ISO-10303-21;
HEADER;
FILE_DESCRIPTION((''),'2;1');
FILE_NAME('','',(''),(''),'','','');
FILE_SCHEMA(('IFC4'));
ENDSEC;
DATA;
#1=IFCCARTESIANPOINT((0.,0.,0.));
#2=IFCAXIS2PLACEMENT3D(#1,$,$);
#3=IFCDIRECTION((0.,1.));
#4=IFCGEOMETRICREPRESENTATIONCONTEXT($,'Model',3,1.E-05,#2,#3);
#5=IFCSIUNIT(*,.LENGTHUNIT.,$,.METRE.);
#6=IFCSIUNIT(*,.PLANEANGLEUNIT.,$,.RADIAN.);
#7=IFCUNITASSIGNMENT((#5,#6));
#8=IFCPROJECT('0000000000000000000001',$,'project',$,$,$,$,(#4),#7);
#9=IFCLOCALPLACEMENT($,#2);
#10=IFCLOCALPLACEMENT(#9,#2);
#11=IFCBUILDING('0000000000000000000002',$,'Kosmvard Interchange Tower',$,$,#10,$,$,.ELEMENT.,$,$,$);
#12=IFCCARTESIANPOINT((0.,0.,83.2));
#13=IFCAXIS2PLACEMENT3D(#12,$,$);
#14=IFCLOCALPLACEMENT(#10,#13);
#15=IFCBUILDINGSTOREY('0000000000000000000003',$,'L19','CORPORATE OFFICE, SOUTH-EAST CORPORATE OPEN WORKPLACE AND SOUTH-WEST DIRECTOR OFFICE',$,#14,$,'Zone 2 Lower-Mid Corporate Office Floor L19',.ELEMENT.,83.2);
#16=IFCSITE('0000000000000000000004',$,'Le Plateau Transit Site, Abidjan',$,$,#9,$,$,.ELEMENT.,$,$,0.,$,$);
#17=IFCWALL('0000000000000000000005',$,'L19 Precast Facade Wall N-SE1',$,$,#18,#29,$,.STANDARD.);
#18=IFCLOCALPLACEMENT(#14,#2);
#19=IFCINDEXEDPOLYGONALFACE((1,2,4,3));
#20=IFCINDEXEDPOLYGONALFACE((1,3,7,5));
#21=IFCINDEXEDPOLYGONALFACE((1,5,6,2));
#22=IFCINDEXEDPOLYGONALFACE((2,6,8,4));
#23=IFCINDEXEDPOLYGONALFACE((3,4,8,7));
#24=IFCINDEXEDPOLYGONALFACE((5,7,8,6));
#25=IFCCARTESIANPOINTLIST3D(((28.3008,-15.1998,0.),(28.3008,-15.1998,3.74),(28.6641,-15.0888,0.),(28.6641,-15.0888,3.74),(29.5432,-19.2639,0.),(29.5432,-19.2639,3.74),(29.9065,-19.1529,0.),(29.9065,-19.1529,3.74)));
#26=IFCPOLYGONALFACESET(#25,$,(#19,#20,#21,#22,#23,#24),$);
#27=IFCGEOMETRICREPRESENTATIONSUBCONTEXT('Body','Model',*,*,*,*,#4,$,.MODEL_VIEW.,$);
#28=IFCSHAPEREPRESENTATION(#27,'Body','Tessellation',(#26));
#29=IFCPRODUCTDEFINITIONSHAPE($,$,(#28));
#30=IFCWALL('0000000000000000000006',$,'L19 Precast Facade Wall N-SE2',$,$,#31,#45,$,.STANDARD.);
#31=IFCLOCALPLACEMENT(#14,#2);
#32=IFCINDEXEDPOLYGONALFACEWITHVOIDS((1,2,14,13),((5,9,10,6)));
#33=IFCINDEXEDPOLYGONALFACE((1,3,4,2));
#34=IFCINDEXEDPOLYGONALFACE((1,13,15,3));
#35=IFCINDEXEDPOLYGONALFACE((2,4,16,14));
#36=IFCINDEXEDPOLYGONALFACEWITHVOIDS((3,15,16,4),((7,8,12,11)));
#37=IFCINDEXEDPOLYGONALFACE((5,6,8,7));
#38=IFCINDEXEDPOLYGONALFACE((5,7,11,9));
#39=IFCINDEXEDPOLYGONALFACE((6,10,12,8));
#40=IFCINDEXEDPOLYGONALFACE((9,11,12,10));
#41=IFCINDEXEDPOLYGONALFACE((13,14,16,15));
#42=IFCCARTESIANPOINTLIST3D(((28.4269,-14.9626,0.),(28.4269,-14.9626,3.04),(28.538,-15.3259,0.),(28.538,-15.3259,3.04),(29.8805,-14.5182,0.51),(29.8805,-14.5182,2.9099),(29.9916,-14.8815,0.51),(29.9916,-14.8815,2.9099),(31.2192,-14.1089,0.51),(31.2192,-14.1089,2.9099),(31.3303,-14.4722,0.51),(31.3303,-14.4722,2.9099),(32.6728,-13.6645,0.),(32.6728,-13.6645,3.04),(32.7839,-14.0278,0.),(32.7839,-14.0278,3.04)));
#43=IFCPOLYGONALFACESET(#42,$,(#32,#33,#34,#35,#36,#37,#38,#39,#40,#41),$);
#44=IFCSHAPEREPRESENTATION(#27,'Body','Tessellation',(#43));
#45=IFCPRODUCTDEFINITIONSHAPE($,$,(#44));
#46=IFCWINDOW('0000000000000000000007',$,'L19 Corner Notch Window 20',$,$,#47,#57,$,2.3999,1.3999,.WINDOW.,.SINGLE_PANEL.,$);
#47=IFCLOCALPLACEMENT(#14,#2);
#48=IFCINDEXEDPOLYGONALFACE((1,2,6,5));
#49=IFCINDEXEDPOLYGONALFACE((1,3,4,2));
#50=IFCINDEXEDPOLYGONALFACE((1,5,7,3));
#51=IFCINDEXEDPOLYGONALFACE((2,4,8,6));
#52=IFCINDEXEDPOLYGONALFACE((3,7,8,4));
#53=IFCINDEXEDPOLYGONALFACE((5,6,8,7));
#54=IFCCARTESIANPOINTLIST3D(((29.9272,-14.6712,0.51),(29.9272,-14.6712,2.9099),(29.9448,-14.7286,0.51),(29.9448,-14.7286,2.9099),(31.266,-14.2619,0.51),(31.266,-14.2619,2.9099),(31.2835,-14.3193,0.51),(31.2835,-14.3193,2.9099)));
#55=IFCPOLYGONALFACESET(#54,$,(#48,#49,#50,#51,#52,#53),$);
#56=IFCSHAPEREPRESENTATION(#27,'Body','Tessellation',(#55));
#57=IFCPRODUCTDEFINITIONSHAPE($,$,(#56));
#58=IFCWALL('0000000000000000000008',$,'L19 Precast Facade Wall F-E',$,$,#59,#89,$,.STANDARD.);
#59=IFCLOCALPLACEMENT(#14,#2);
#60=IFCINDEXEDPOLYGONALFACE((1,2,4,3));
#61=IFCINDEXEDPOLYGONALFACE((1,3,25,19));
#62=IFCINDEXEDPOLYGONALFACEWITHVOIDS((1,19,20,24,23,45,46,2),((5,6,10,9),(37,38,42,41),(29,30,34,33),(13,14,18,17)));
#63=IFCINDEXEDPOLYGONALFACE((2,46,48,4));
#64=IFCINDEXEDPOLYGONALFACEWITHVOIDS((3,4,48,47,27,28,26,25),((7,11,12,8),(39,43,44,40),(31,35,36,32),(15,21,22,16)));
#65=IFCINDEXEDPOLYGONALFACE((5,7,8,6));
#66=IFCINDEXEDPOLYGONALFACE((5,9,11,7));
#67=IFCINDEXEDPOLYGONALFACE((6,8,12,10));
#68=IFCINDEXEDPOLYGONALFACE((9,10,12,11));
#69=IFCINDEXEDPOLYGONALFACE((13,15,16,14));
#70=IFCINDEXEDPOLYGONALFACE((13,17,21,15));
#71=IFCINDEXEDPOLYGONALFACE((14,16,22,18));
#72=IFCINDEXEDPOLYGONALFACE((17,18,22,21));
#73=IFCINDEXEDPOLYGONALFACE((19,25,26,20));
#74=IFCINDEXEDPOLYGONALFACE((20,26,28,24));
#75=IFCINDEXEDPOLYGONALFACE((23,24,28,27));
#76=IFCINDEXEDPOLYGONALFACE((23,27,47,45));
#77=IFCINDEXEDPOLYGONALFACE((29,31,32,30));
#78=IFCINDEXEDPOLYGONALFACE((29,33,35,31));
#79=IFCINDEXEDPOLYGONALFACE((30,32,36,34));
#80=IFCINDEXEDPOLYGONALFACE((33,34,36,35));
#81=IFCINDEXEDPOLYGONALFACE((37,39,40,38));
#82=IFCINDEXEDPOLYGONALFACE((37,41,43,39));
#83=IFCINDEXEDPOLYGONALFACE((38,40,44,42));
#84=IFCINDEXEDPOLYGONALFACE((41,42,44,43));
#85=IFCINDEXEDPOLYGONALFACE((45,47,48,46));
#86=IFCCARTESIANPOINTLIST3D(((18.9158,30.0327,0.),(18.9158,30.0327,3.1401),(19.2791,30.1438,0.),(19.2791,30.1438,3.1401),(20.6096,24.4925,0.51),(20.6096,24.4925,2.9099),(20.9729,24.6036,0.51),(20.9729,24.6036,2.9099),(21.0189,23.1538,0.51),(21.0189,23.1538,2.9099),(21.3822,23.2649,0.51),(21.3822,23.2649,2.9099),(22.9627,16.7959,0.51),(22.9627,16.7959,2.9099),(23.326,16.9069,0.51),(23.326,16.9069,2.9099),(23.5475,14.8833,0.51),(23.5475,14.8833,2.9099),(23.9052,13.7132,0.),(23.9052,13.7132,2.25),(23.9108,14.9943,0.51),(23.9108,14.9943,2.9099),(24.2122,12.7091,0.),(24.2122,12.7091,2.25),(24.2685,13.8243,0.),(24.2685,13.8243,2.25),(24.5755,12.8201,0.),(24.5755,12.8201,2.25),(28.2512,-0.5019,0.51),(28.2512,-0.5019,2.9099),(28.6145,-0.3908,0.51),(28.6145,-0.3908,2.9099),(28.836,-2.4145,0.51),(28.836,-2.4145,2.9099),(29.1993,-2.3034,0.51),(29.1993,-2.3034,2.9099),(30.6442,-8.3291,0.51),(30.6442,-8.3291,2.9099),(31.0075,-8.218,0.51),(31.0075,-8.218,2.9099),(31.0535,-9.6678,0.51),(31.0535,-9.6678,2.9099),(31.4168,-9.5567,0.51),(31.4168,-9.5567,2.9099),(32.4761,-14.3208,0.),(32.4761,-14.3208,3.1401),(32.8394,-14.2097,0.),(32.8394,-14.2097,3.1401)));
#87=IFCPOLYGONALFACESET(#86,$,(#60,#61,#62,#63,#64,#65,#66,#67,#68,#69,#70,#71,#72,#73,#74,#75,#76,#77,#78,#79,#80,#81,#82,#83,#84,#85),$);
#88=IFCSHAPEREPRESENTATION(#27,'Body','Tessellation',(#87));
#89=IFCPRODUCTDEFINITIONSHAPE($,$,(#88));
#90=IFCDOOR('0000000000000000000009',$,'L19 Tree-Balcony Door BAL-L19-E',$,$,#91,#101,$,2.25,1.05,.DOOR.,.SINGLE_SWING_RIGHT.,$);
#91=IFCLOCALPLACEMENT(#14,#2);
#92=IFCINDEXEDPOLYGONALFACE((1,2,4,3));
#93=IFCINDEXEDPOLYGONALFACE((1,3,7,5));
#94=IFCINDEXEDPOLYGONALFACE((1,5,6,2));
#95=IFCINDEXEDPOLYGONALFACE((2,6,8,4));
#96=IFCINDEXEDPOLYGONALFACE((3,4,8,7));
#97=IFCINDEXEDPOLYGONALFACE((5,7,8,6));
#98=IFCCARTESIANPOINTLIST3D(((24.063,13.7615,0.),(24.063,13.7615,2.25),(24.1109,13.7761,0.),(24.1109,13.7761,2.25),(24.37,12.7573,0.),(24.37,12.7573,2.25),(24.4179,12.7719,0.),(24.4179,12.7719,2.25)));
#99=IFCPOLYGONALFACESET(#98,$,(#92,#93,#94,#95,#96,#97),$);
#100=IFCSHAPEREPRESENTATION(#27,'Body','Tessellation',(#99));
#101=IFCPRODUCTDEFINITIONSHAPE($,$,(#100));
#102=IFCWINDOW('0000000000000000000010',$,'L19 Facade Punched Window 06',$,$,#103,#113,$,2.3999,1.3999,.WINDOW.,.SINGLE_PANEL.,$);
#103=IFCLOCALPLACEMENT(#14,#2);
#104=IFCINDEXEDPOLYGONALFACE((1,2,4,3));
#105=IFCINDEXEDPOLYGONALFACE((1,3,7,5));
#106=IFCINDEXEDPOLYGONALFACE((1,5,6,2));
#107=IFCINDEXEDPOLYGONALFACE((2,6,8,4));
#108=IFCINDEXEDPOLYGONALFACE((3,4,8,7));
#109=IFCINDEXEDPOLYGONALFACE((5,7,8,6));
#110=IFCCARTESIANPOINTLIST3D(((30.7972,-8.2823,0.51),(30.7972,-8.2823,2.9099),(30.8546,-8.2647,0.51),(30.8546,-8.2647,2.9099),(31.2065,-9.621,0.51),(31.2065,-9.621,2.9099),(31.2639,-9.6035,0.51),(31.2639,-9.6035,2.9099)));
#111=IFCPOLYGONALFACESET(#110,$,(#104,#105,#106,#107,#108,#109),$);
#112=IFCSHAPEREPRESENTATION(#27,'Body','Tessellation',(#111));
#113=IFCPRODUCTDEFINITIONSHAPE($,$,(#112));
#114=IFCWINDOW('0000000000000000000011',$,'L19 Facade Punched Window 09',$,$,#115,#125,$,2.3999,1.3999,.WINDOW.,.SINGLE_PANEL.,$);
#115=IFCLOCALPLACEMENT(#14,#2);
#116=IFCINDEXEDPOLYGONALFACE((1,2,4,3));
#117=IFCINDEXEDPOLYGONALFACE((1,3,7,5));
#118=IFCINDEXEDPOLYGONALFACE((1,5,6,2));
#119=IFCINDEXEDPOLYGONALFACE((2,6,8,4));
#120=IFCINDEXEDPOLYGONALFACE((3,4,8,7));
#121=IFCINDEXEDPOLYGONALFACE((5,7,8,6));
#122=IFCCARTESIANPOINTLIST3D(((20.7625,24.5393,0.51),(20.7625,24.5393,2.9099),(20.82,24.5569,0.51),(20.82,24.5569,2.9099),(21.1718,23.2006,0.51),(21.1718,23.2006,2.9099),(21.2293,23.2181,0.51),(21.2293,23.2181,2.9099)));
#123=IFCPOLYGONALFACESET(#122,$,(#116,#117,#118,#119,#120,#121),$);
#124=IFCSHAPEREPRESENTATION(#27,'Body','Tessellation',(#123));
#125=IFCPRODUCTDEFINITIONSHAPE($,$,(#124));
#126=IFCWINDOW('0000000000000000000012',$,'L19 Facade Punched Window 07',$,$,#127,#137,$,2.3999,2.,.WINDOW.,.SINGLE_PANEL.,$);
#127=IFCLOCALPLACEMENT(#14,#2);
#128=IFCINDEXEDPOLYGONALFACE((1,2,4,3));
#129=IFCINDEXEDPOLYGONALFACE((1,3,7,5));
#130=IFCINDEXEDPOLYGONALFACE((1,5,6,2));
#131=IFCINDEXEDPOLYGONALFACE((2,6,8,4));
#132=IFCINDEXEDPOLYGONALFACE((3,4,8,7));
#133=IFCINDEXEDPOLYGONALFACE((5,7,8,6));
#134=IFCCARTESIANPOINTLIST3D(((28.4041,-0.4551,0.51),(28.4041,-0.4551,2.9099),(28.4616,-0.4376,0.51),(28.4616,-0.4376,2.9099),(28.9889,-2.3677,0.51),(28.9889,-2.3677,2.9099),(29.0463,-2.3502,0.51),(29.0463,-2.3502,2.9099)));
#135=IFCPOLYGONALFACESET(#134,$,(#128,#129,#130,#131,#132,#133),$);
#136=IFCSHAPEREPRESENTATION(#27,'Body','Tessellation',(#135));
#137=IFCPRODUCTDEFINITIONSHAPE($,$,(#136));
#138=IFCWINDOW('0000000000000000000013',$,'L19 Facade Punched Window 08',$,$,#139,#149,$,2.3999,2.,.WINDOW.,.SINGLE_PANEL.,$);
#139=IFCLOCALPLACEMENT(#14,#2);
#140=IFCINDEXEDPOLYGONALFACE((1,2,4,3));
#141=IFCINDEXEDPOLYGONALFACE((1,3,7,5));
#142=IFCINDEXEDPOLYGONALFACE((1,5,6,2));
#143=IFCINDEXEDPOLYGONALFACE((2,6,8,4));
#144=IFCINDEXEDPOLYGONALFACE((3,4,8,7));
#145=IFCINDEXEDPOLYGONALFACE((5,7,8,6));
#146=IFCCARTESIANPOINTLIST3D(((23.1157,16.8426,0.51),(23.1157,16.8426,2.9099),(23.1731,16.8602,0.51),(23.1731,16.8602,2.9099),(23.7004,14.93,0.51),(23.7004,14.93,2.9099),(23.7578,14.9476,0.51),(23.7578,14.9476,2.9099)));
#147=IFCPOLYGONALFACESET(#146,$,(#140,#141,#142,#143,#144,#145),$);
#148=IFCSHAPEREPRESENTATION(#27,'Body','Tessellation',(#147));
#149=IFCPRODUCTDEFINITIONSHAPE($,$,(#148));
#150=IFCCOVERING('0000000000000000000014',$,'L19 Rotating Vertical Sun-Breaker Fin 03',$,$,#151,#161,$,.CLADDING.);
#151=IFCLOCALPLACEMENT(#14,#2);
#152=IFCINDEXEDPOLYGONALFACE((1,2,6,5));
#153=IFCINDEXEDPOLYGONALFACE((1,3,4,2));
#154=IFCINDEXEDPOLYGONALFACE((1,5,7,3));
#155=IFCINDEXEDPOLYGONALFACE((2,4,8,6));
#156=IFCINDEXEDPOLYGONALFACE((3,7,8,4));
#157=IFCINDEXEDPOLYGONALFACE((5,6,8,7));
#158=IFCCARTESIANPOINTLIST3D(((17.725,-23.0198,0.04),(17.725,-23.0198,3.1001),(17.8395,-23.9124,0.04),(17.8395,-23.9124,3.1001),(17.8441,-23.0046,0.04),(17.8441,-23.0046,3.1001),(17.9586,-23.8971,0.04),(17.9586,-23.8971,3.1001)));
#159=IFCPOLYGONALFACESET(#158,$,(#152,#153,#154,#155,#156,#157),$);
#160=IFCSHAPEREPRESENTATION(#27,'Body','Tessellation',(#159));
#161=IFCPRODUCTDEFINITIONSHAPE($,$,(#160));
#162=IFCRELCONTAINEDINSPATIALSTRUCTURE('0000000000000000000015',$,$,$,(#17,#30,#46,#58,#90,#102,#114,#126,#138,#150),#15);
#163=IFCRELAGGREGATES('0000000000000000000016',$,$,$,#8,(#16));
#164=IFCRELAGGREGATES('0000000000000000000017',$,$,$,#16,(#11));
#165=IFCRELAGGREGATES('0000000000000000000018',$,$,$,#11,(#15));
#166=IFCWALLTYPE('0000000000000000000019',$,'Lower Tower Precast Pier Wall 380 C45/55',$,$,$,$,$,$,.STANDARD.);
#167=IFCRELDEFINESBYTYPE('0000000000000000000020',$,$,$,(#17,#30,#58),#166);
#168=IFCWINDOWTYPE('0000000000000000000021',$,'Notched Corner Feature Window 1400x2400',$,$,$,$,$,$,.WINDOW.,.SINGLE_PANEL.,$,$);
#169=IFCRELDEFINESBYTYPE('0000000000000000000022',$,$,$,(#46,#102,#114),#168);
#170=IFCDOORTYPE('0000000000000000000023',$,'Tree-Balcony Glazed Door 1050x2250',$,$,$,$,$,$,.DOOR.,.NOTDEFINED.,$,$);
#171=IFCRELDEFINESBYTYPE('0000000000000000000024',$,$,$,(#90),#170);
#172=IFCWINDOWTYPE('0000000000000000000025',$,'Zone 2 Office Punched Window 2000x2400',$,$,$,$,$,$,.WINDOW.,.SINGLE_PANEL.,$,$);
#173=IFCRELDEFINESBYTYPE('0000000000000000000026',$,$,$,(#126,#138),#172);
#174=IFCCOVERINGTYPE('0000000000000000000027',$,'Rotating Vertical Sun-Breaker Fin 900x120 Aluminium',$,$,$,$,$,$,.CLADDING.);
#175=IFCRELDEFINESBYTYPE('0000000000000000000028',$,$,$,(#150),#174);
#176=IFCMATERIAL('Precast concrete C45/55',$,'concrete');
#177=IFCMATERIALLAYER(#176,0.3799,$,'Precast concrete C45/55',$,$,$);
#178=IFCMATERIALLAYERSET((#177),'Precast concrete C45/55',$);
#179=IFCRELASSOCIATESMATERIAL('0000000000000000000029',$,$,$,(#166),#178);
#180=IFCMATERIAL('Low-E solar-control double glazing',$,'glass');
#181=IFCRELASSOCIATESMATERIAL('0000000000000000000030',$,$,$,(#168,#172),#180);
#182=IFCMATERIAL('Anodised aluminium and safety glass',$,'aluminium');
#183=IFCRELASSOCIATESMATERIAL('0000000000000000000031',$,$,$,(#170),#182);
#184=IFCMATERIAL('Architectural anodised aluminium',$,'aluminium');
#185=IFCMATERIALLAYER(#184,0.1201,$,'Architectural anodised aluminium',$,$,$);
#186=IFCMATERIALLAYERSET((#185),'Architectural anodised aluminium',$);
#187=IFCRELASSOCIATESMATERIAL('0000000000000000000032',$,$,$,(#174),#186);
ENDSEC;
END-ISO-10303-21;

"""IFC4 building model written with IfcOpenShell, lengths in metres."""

from ifc_helpers import new_model, si_unit, direction, frame, frame_2d, origin, origin_2d, place, context, subcontext, project, spatial, rectangle, extrude, source, transform, mapped, material, layer, layer_set, type_object, element, fill, save


model = new_model("IFC4")

# Units and contexts
model_context = context("Model", 3, precision=1e-05, world=origin(), true_north=direction((0.0, 1.0)))
body_context = subcontext(model_context, "Body", "Model", "MODEL_VIEW")
ifc_project = project(units=[si_unit("LENGTHUNIT", "METRE"), si_unit("PLANEANGLEUNIT", "RADIAN")], contexts=[model_context])

# Site, building, storey
site_placement = place(None, origin())
site = spatial("IfcSite", under=ifc_project, at=site_placement, Name="Le Plateau Transit Site, Abidjan", CompositionType="ELEMENT", RefElevation=0.0)
building_placement = place(site_placement, origin())
building = spatial("IfcBuilding", under=site, at=building_placement, Name="Kosmvard Interchange Tower", CompositionType="ELEMENT")
storey_placement = place(building_placement, frame((0.0, 0.0, 83.2)))
storey = spatial("IfcBuildingStorey", under=building, at=storey_placement, Name="L19", Description="CORPORATE OFFICE, SOUTH-EAST CORPORATE OPEN WORKPLACE AND SOUTH-WEST DIRECTOR OFFICE", LongName="Zone 2 Lower-Mid Corporate Office Floor L19", CompositionType="ELEMENT", Elevation=83.2)

# Shared definitions
ifc_material_1 = material(Name="Precast concrete C45/55", Category="concrete")

# Wall
ifc_layer_1 = layer(ifc_material_1, 0.3799, Name="Precast concrete C45/55")
ifc_layer_set_1 = layer_set([ifc_layer_1], Name="Precast concrete C45/55")
wall_type = type_object("IfcWallType", Name="Lower Tower Precast Pier Wall 380 C45/55", PredefinedType="STANDARD", material=ifc_layer_set_1)
wall_1_placement = place(storey_placement, frame((29.7249, -19.2085, 0.0), z_axis=(0.0, 0.0, 1.0), x_axis=(-0.292346, 0.956313, 0.0)))
element("IfcWall", 1, at=wall_1_placement, inside=storey, type_object=wall_type, Name="L19 Precast Facade Wall N-SE1", PredefinedType="STANDARD", context=body_context, shape_type="SweptSolid", body=[
    extrude(rectangle(XDim=4.2498, YDim=0.3799, at=frame_2d((2.125, 0.0))), origin(), (0.0, 0.0, 1.0), 3.74),
])

# Wall, opening, window
wall_2_placement = place(storey_placement, frame((28.4824, -15.1443, 0.0), z_axis=(0.0, 0.0, 1.0), x_axis=(0.956304, 0.292374, 0.0)))
wall_2 = element("IfcWall", 2, at=wall_2_placement, inside=storey, type_object=wall_type, Name="L19 Precast Facade Wall N-SE2", PredefinedType="STANDARD", context=body_context, shape_type="SweptSolid", body=[
    extrude(rectangle(XDim=4.4399, YDim=0.3799, at=frame_2d((2.22, 0.0))), origin(), (0.0, 0.0, 1.0), 3.04),
])
opening_1_placement = place(wall_2_placement, frame((1.52, 0.0, 0.51)))
opening_1 = element("IfcOpeningElement", 3, at=opening_1_placement, cuts=wall_2, PredefinedType="OPENING", context=body_context, shape_type="SweptSolid", body=[
    extrude(rectangle(XDim=1.3999, YDim=2.3999, at=frame_2d((0.7, 1.2))), frame((0.0, 0.2, 0.0), z_axis=(0.0, -1.0, 0.0), x_axis=(1.0, 0.0, 0.0)), (0.0, 0.0, 1.0), 0.3999),
])
ifc_material_2 = material(Name="Low-E solar-control double glazing", Category="glass")
window_type_1 = type_object("IfcWindowType", Name="Notched Corner Feature Window 1400x2400", PartitioningType="SINGLE_PANEL", PredefinedType="WINDOW", material=ifc_material_2)
shared_shape_1 = source(origin(), body_context, "Body", "SweptSolid", [
    extrude(rectangle(XDim=1.3999, YDim=2.3999, at=frame_2d((0.7, 1.2))), frame((0.0, 0.03, 0.0), z_axis=(0.0, -1.0, 0.0), x_axis=(1.0, 0.0, 0.0)), (0.0, 0.0, 1.0), 0.0601),
])
window_1_placement = place(opening_1_placement, origin())
window_1 = element("IfcWindow", 4, at=window_1_placement, inside=storey, type_object=window_type_1, Name="L19 Corner Notch Window 20", OverallHeight=2.3999, OverallWidth=1.3999, PartitioningType="SINGLE_PANEL", PredefinedType="WINDOW", context=body_context, shape_type="MappedRepresentation", body=[
    mapped(shared_shape_1, transform((0.0, 0.0, 0.0), scale=1.0)),
])
fill(opening_1, window_1)

# Wall, openings, door, windows
wall_3_placement = place(storey_placement, frame((32.6577, -14.2651, 0.0), z_axis=(0.0, 0.0, 1.0), x_axis=(-0.292373, 0.956304, 0.0)))
wall_3 = element("IfcWall", 5, at=wall_3_placement, inside=storey, type_object=wall_type, Name="L19 Precast Facade Wall F-E", PredefinedType="STANDARD", context=body_context, shape_type="SweptSolid", body=[
    extrude(rectangle(XDim=46.3801, YDim=0.3799, at=frame_2d((23.1899, 0.0))), origin(), (0.0, 0.0, 1.0), 3.1401),
])
opening_2_placement = place(wall_3_placement, frame((28.2649, 0.0, 0.0)))
opening_2 = element("IfcOpeningElement", 6, at=opening_2_placement, cuts=wall_3, PredefinedType="OPENING", context=body_context, shape_type="SweptSolid", body=[
    extrude(rectangle(XDim=1.05, YDim=2.25, at=frame_2d((0.5249, 1.125))), frame((0.0, 0.2, 0.0), z_axis=(0.0, -1.0, 0.0), x_axis=(1.0, 0.0, 0.0)), (0.0, 0.0, 1.0), 0.3999),
])
opening_3_placement = place(wall_3_placement, frame((4.8655, 0.0, 0.51)))
opening_3 = element("IfcOpeningElement", 7, at=opening_3_placement, cuts=wall_3, PredefinedType="OPENING", context=body_context, shape_type="SweptSolid", body=[
    extrude(rectangle(XDim=1.3999, YDim=2.3999, at=frame_2d((0.7, 1.2))), frame((0.0, 0.2, 0.0), z_axis=(0.0, -1.0, 0.0), x_axis=(1.0, 0.0, 0.0)), (0.0, 0.0, 1.0), 0.3999),
])
opening_4_placement = place(wall_3_placement, frame((12.4502, 0.0, 0.51)))
opening_4 = element("IfcOpeningElement", 8, at=opening_4_placement, cuts=wall_3, PredefinedType="OPENING", context=body_context, shape_type="SweptSolid", body=[
    extrude(rectangle(XDim=2.0, YDim=2.3999, at=frame_2d((1.0, 1.2))), frame((0.0, 0.2, 0.0), z_axis=(0.0, -1.0, 0.0), x_axis=(1.0, 0.0, 0.0)), (0.0, 0.0, 1.0), 0.3999),
])
opening_5_placement = place(wall_3_placement, frame((30.5383, 0.0, 0.51)))
opening_5 = element("IfcOpeningElement", 9, at=opening_5_placement, cuts=wall_3, PredefinedType="OPENING", context=body_context, shape_type="SweptSolid", body=[
    extrude(rectangle(XDim=2.0, YDim=2.3999, at=frame_2d((1.0, 1.2))), frame((0.0, 0.2, 0.0), z_axis=(0.0, -1.0, 0.0), x_axis=(1.0, 0.0, 0.0)), (0.0, 0.0, 1.0), 0.3999),
])
opening_6_placement = place(wall_3_placement, frame((39.1868, 0.0, 0.51)))
opening_6 = element("IfcOpeningElement", 10, at=opening_6_placement, cuts=wall_3, PredefinedType="OPENING", context=body_context, shape_type="SweptSolid", body=[
    extrude(rectangle(XDim=1.3999, YDim=2.3999, at=frame_2d((0.7, 1.2))), frame((0.0, 0.2, 0.0), z_axis=(0.0, -1.0, 0.0), x_axis=(1.0, 0.0, 0.0)), (0.0, 0.0, 1.0), 0.3999),
])
ifc_material_3 = material(Name="Anodised aluminium and safety glass", Category="aluminium")
door_type = type_object("IfcDoorType", Name="Tree-Balcony Glazed Door 1050x2250", OperationType="NOTDEFINED", PredefinedType="DOOR", material=ifc_material_3)
shared_shape_2 = source(origin(), body_context, "Body", "SweptSolid", [
    extrude(rectangle(XDim=1.05, YDim=2.25, at=frame_2d((0.5249, 1.125))), frame((0.0, 0.0249, 0.0), z_axis=(0.0, -1.0, 0.0), x_axis=(1.0, 0.0, 0.0)), (0.0, 0.0, 1.0), 0.05),
])
door_placement = place(opening_2_placement, origin())
door = element("IfcDoor", 11, at=door_placement, inside=storey, type_object=door_type, Name="L19 Tree-Balcony Door BAL-L19-E", OperationType="SINGLE_SWING_RIGHT", OverallHeight=2.25, OverallWidth=1.05, PredefinedType="DOOR", context=body_context, shape_type="MappedRepresentation", body=[
    mapped(shared_shape_2, transform((0.0, 0.0, 0.0), scale=1.0)),
])
fill(opening_2, door)
window_2_placement = place(opening_3_placement, origin())
window_2 = element("IfcWindow", 12, at=window_2_placement, inside=storey, type_object=window_type_1, Name="L19 Facade Punched Window 06", OverallHeight=2.3999, OverallWidth=1.3999, PartitioningType="SINGLE_PANEL", PredefinedType="WINDOW", context=body_context, shape_type="MappedRepresentation", body=[
    mapped(shared_shape_1, transform((0.0, 0.0, 0.0), scale=1.0)),
])
fill(opening_3, window_2)
window_3_placement = place(opening_6_placement, origin())
window_3 = element("IfcWindow", 13, at=window_3_placement, inside=storey, type_object=window_type_1, Name="L19 Facade Punched Window 09", OverallHeight=2.3999, OverallWidth=1.3999, PartitioningType="SINGLE_PANEL", PredefinedType="WINDOW", context=body_context, shape_type="MappedRepresentation", body=[
    mapped(shared_shape_1, transform((0.0, 0.0, 0.0), scale=1.0)),
])
fill(opening_6, window_3)
window_type_2 = type_object("IfcWindowType", Name="Zone 2 Office Punched Window 2000x2400", PartitioningType="SINGLE_PANEL", PredefinedType="WINDOW", material=ifc_material_2)
shared_shape_3 = source(origin(), body_context, "Body", "SweptSolid", [
    extrude(rectangle(XDim=2.0, YDim=2.3999, at=frame_2d((1.0, 1.2))), frame((0.0, 0.03, 0.0), z_axis=(0.0, -1.0, 0.0), x_axis=(1.0, 0.0, 0.0)), (0.0, 0.0, 1.0), 0.0601),
])
window_4_placement = place(opening_4_placement, origin())
window_4 = element("IfcWindow", 14, at=window_4_placement, inside=storey, type_object=window_type_2, Name="L19 Facade Punched Window 07", OverallHeight=2.3999, OverallWidth=2.0, PartitioningType="SINGLE_PANEL", PredefinedType="WINDOW", context=body_context, shape_type="MappedRepresentation", body=[
    mapped(shared_shape_3, transform((0.0, 0.0, 0.0), scale=1.0)),
])
fill(opening_4, window_4)
window_5_placement = place(opening_5_placement, origin())
window_5 = element("IfcWindow", 15, at=window_5_placement, inside=storey, type_object=window_type_2, Name="L19 Facade Punched Window 08", OverallHeight=2.3999, OverallWidth=2.0, PartitioningType="SINGLE_PANEL", PredefinedType="WINDOW", context=body_context, shape_type="MappedRepresentation", body=[
    mapped(shared_shape_3, transform((0.0, 0.0, 0.0), scale=1.0)),
])
fill(opening_5, window_5)

# Covering
ifc_material_4 = material(Name="Architectural anodised aluminium", Category="aluminium")
ifc_layer_2 = layer(ifc_material_4, 0.1201, Name="Architectural anodised aluminium")
ifc_layer_set_2 = layer_set([ifc_layer_2], Name="Architectural anodised aluminium")
covering_type = type_object("IfcCoveringType", Name="Rotating Vertical Sun-Breaker Fin 900x120 Aluminium", PredefinedType="CLADDING", material=ifc_layer_set_2)
shared_shape_4 = source(origin(), body_context, "Body", "SweptSolid", [
    extrude(rectangle(XDim=0.8999, YDim=0.1201, at=origin_2d()), origin(), (0.0, 0.0, 1.0), 3.0601),
])
for number, where, z_axis, x_axis, name in (
    (16, (17.8418, -23.4585, 0.04), (0.0, 0.0, 1.0), (0.127238, -0.991872, 0.0), "L19 Rotating Vertical Sun-Breaker Fin 03"),
):
    element("IfcCovering", number, at=place(storey_placement, frame(where, z_axis=z_axis, x_axis=x_axis)), inside=storey, type_object=covering_type, Name=name, PredefinedType="CLADDING", context=body_context, shape_type="MappedRepresentation", body=[
        mapped(shared_shape_4, transform((0.0, 0.0, 0.0), scale=1.0)),
    ])

save(model, "model.ifc")
